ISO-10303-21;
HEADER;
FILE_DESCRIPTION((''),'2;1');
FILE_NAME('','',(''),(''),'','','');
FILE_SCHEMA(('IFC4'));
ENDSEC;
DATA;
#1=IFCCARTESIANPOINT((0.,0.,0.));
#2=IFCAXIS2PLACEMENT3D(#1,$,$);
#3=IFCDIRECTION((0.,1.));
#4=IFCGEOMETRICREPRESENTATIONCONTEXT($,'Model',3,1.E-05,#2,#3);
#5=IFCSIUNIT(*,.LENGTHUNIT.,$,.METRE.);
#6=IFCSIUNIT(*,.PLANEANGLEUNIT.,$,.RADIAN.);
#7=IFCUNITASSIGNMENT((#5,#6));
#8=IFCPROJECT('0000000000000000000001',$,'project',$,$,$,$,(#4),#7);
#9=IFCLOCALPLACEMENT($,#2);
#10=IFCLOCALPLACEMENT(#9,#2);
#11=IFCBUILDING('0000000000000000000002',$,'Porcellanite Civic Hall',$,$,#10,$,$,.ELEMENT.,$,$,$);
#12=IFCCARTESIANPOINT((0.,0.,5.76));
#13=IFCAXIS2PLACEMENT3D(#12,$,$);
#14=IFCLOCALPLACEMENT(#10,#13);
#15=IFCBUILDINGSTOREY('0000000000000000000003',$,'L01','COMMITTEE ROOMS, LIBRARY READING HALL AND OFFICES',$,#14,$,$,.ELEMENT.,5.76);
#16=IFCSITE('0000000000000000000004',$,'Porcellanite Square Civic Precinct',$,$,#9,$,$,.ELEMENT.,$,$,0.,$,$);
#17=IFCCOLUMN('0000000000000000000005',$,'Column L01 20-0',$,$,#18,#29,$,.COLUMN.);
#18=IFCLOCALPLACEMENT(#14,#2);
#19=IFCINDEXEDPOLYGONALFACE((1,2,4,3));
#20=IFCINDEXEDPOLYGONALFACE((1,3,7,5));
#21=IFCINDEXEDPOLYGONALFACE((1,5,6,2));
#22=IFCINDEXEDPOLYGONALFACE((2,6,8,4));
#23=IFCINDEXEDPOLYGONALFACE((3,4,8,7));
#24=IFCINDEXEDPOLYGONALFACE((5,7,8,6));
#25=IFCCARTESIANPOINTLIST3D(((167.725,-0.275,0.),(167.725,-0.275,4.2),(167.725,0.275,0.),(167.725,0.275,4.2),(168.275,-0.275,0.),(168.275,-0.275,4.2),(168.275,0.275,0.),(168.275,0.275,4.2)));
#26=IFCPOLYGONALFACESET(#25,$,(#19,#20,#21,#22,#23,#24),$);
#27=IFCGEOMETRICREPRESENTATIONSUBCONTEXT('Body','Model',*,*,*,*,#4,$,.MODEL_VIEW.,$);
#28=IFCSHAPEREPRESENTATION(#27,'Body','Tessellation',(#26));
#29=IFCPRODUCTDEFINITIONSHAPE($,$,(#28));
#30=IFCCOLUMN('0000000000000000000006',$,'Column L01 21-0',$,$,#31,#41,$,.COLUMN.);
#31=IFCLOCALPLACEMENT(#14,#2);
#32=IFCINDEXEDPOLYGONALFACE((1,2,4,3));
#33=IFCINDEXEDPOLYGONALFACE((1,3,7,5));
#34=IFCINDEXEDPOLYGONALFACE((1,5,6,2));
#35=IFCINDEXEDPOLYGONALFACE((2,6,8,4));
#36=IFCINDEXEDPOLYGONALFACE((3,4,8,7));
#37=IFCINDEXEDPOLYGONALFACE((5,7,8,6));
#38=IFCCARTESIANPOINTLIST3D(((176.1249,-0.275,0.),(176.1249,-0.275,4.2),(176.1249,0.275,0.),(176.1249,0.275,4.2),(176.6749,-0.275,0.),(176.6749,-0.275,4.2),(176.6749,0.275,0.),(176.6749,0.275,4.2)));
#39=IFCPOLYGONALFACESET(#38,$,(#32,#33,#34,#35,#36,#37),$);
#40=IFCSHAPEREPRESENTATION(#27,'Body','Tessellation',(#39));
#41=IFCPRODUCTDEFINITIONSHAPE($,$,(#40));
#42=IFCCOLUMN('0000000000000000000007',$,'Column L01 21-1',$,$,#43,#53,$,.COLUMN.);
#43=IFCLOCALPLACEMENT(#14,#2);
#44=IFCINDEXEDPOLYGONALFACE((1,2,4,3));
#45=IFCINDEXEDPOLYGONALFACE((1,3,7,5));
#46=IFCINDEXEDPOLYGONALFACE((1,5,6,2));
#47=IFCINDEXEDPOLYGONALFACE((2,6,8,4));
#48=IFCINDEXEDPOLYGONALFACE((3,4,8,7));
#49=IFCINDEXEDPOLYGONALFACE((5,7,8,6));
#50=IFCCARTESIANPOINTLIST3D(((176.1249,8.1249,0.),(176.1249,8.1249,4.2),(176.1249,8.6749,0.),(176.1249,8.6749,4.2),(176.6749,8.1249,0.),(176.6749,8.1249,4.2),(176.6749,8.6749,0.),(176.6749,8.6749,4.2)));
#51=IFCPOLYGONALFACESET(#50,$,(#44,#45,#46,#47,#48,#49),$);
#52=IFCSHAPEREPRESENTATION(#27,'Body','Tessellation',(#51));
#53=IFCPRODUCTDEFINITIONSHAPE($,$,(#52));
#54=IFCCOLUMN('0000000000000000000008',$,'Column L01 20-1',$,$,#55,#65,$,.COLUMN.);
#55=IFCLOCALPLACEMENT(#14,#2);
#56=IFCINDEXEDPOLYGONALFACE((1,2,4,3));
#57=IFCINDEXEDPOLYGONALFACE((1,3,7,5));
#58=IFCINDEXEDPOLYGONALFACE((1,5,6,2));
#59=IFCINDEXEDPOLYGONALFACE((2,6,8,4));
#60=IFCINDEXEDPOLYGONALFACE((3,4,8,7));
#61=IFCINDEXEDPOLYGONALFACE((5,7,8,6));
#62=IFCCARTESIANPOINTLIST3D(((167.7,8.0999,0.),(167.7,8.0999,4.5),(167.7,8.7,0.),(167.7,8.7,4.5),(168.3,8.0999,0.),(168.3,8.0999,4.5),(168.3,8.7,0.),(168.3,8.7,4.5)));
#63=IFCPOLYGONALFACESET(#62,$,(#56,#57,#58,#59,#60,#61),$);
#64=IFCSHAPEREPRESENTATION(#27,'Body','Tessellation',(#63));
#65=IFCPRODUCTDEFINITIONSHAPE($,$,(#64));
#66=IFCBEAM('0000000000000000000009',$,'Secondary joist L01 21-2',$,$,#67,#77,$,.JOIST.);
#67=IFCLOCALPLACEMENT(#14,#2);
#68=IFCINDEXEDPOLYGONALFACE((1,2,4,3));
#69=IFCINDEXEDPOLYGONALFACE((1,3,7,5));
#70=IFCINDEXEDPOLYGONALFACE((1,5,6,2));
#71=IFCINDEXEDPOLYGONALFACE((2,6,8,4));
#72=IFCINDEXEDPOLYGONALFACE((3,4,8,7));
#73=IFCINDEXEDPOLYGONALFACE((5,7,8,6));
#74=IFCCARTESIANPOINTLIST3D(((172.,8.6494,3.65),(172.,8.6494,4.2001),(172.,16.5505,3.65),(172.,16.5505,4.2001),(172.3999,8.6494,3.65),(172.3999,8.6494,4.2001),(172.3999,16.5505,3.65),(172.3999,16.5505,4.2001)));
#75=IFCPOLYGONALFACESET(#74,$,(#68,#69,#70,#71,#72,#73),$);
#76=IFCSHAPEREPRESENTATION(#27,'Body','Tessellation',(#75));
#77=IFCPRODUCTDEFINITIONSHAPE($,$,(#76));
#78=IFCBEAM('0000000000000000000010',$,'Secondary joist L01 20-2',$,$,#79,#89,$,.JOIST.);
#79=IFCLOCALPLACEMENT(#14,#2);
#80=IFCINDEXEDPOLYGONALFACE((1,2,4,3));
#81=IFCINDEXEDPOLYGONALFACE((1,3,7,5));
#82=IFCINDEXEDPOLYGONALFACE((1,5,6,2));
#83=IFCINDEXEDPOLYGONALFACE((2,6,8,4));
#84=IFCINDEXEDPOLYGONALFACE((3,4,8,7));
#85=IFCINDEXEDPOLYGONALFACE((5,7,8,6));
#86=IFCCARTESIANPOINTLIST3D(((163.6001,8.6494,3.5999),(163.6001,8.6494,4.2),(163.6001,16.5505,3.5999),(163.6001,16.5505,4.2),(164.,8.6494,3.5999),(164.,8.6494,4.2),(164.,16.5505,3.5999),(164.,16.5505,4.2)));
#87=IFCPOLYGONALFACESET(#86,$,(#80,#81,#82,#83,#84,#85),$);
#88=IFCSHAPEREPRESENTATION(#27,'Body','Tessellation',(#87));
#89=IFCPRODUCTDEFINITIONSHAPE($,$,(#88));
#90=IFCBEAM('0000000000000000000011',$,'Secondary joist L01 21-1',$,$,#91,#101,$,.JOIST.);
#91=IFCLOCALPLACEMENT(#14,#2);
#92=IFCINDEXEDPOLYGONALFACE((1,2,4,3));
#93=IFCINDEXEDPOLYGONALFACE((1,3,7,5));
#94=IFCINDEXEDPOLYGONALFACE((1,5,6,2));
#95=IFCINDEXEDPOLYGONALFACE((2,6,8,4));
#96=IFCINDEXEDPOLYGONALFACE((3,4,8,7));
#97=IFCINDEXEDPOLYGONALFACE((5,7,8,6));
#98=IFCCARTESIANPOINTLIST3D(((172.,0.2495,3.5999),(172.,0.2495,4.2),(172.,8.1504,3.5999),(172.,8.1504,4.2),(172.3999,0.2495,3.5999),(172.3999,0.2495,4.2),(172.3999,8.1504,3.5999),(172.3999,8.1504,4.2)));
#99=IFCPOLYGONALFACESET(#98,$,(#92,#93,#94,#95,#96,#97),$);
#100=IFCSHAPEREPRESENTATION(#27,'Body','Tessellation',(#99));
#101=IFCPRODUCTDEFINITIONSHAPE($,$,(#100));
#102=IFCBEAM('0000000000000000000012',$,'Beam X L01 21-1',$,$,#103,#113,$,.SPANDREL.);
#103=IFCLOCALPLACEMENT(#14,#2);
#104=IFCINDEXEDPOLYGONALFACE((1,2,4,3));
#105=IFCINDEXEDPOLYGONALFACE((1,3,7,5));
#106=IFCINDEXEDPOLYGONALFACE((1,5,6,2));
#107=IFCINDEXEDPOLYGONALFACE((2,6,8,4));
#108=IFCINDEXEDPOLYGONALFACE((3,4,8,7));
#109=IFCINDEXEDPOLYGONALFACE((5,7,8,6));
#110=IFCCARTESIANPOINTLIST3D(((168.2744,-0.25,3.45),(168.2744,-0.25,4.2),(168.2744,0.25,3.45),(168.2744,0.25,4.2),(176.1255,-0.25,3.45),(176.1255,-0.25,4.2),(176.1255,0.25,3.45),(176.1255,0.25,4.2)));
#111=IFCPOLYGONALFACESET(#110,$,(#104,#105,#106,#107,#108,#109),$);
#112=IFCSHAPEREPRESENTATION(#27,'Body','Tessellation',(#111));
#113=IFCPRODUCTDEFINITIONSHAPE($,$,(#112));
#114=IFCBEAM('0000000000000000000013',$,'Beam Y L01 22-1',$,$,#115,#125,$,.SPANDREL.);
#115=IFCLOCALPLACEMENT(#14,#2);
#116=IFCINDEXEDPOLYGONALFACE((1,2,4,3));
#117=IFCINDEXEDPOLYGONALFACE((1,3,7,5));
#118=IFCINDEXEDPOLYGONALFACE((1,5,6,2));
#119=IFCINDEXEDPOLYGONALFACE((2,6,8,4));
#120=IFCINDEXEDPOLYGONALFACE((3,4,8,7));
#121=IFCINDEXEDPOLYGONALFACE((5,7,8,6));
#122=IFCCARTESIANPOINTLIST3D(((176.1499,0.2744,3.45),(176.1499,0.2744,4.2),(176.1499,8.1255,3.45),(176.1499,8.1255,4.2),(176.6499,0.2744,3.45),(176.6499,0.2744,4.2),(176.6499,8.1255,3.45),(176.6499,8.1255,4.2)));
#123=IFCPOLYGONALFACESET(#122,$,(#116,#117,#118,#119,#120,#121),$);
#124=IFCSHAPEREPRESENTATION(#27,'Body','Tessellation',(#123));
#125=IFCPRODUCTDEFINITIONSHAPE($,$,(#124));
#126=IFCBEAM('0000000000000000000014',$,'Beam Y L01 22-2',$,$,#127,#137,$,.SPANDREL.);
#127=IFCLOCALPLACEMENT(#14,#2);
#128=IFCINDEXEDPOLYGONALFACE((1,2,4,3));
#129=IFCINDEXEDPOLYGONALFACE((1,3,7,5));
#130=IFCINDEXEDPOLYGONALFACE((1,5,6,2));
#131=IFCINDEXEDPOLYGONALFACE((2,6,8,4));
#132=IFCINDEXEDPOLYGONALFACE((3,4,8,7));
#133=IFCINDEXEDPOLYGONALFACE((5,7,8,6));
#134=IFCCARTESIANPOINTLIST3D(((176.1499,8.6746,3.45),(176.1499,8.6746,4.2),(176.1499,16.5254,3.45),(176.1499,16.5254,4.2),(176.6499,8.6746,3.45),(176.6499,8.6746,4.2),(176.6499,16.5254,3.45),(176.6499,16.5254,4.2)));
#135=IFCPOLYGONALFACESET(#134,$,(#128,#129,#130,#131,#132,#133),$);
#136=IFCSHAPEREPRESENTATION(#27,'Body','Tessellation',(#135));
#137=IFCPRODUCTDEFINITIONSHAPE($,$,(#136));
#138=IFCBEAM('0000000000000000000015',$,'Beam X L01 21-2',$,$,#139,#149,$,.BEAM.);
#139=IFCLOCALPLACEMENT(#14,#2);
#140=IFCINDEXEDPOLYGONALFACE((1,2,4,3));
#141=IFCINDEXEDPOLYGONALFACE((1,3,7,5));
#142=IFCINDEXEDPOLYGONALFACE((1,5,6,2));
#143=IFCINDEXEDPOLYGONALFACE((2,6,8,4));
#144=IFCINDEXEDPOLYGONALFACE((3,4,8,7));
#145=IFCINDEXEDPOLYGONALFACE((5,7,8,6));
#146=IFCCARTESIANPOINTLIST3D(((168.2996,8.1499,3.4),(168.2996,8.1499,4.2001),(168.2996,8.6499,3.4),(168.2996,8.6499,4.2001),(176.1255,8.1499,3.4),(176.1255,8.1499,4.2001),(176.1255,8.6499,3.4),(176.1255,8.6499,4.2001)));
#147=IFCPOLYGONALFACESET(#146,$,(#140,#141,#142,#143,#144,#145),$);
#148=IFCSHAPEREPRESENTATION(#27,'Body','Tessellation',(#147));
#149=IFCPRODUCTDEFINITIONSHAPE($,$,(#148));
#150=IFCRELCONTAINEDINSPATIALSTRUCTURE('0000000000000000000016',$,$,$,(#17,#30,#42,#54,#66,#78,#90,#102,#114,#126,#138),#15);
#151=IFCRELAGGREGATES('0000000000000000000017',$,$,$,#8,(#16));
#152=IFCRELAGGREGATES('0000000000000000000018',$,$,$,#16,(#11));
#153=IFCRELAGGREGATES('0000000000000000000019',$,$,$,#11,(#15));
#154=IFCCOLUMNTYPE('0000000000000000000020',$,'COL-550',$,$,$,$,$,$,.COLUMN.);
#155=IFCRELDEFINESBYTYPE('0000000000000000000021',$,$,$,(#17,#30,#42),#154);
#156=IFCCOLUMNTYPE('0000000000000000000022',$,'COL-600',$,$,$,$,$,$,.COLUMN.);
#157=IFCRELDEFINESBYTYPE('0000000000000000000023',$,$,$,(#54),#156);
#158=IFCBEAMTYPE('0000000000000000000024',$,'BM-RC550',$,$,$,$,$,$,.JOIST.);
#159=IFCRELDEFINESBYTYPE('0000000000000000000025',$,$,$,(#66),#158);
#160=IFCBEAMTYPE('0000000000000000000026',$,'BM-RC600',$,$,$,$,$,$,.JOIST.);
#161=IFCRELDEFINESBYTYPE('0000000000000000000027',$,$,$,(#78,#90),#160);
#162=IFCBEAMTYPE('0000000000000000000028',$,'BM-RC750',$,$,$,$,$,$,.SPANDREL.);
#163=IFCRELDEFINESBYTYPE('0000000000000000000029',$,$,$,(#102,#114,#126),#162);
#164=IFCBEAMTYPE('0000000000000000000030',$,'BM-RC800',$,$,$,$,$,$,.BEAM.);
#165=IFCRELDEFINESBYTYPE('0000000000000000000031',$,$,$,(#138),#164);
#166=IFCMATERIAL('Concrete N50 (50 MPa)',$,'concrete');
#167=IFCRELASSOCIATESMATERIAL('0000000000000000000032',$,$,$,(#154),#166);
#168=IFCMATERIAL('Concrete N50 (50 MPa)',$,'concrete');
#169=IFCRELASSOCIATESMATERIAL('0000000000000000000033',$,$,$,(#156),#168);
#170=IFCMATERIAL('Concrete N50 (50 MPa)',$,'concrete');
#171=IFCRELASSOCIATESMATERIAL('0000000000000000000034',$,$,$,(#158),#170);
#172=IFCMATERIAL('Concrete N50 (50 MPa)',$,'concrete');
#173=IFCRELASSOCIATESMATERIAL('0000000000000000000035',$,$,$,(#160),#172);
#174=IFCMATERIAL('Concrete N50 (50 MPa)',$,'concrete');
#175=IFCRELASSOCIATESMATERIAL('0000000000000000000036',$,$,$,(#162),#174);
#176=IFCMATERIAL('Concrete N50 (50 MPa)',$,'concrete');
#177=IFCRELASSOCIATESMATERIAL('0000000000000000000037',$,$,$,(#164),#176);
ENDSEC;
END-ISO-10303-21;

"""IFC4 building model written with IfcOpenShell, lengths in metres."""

from ifc_helpers import new_model, si_unit, direction, frame, origin, origin_2d, place, context, subcontext, project, spatial, rectangle, extrude, material, material_profile, profile_set, type_object, element, save


model = new_model("IFC4")

# Units and contexts
model_context = context("Model", 3, precision=1e-05, world=origin(), true_north=direction((0.0, 1.0)))
body_context = subcontext(model_context, "Body", "Model", "MODEL_VIEW")
ifc_project = project(units=[si_unit("LENGTHUNIT", "METRE"), si_unit("PLANEANGLEUNIT", "RADIAN")], contexts=[model_context])

# Site, building, storey
site_placement = place(None, origin())
site = spatial("IfcSite", under=ifc_project, at=site_placement, Name="Porcellanite Square Civic Precinct", CompositionType="ELEMENT", RefElevation=0.0)
building_placement = place(site_placement, origin())
building = spatial("IfcBuilding", under=site, at=building_placement, Name="Porcellanite Civic Hall", CompositionType="ELEMENT")
storey_placement = place(building_placement, frame((0.0, 0.0, 5.76)))
storey = spatial("IfcBuildingStorey", under=building, at=storey_placement, Name="L01", Description="COMMITTEE ROOMS, LIBRARY READING HALL AND OFFICES", CompositionType="ELEMENT", Elevation=5.76)

# Columns
ifc_material_1 = material(Name="Concrete N50 (50 MPa)", Category="concrete")
ifc_material_profile_1 = material_profile(ifc_material_1, rectangle(XDim=0.55, YDim=0.55, at=origin_2d()), Name="RC-550x550")
ifc_profile_set_1 = profile_set([ifc_material_profile_1], Name="Concrete N50 (50 MPa)")
column_type_1 = type_object("IfcColumnType", Name="COL-550", PredefinedType="COLUMN", material=ifc_profile_set_1)
for number, where, z_axis, x_axis, name in (
    (1, (168.0, 0.0, 0.0), (0.0, 0.0, 1.0), (1.0, 0.0, 0.0), "Column L01 20-0"),
    (2, (176.3999, 0.0, 0.0), (0.0, 0.0, 1.0), (1.0, 0.0, 0.0), "Column L01 21-0"),
    (3, (176.3999, 8.3999, 0.0), (0.0, 0.0, 1.0), (1.0, 0.0, 0.0), "Column L01 21-1"),
):
    element("IfcColumn", number, at=place(storey_placement, frame(where, z_axis=z_axis, x_axis=x_axis)), inside=storey, type_object=column_type_1, Name=name, PredefinedType="COLUMN", context=body_context, shape_type="SweptSolid", body=[
        extrude(rectangle(XDim=0.55, YDim=0.55, at=origin_2d()), origin(), (0.0, 0.0, 1.0), 4.2),
    ])
ifc_material_2 = material(Name="Concrete N50 (50 MPa)", Category="concrete")
ifc_material_profile_2 = material_profile(ifc_material_2, rectangle(XDim=0.6001, YDim=0.6001, at=origin_2d()), Name="RC-600x600")
ifc_profile_set_2 = profile_set([ifc_material_profile_2], Name="Concrete N50 (50 MPa)")
column_type_2 = type_object("IfcColumnType", Name="COL-600", PredefinedType="COLUMN", material=ifc_profile_set_2)
column_placement = place(storey_placement, frame((168.0, 8.3999, 0.0), z_axis=(0.0, 0.0, 1.0), x_axis=(1.0, 0.0, 0.0)))
element("IfcColumn", 4, at=column_placement, inside=storey, type_object=column_type_2, Name="Column L01 20-1", PredefinedType="COLUMN", context=body_context, shape_type="SweptSolid", body=[
    extrude(rectangle(XDim=0.6001, YDim=0.6001, at=origin_2d()), origin(), (0.0, 0.0, 1.0), 4.5),
])

# Beams
ifc_material_3 = material(Name="Concrete N50 (50 MPa)", Category="concrete")
ifc_material_profile_3 = material_profile(ifc_material_3, rectangle(XDim=0.3999, YDim=0.55, at=origin_2d()), Name="RC-400x550")
ifc_profile_set_3 = profile_set([ifc_material_profile_3], Name="Concrete N50 (50 MPa)")
beam_type_1 = type_object("IfcBeamType", Name="BM-RC550", PredefinedType="JOIST", material=ifc_profile_set_3)
beam_1_placement = place(storey_placement, frame((172.2, 8.6494, 3.925), z_axis=(0.0, 1.0, 0.0), x_axis=(-1.0, 0.0, 0.0)))
element("IfcBeam", 5, at=beam_1_placement, inside=storey, type_object=beam_type_1, Name="Secondary joist L01 21-2", PredefinedType="JOIST", context=body_context, shape_type="SweptSolid", body=[
    extrude(rectangle(XDim=0.3999, YDim=0.55, at=origin_2d()), origin(), (0.0, 0.0, 1.0), 7.9011),
])
ifc_material_4 = material(Name="Concrete N50 (50 MPa)", Category="concrete")
ifc_material_profile_4 = material_profile(ifc_material_4, rectangle(XDim=0.3999, YDim=0.6001, at=origin_2d()), Name="RC-400x600")
ifc_profile_set_4 = profile_set([ifc_material_profile_4], Name="Concrete N50 (50 MPa)")
beam_type_2 = type_object("IfcBeamType", Name="BM-RC600", PredefinedType="JOIST", material=ifc_profile_set_4)
beam_2_placement = place(storey_placement, frame((163.8, 8.6494, 3.8999), z_axis=(0.0, 1.0, 0.0), x_axis=(-1.0, 0.0, 0.0)))
element("IfcBeam", 6, at=beam_2_placement, inside=storey, type_object=beam_type_2, Name="Secondary joist L01 20-2", PredefinedType="JOIST", context=body_context, shape_type="SweptSolid", body=[
    extrude(rectangle(XDim=0.3999, YDim=0.6001, at=origin_2d()), origin(), (0.0, 0.0, 1.0), 7.9011),
])
beam_3_placement = place(storey_placement, frame((172.2, 0.2495, 3.8999), z_axis=(0.0, 1.0, 0.0), x_axis=(-1.0, 0.0, 0.0)))
element("IfcBeam", 7, at=beam_3_placement, inside=storey, type_object=beam_type_2, Name="Secondary joist L01 21-1", PredefinedType="JOIST", context=body_context, shape_type="SweptSolid", body=[
    extrude(rectangle(XDim=0.3999, YDim=0.6001, at=origin_2d()), origin(), (0.0, 0.0, 1.0), 7.9009),
])
ifc_material_5 = material(Name="Concrete N50 (50 MPa)", Category="concrete")
ifc_material_profile_5 = material_profile(ifc_material_5, rectangle(XDim=0.5, YDim=0.75, at=origin_2d()), Name="RC-500x750")
ifc_profile_set_5 = profile_set([ifc_material_profile_5], Name="Concrete N50 (50 MPa)")
beam_type_3 = type_object("IfcBeamType", Name="BM-RC750", PredefinedType="SPANDREL", material=ifc_profile_set_5)
for number, where, z_axis, x_axis, name in (
    (8, (168.2744, 0.0, 3.825), (1.0, 0.0, 0.0), (0.0, 1.0, 0.0), "Beam X L01 21-1"),
    (9, (176.3999, 0.2744, 3.825), (0.0, 1.0, 0.0), (-1.0, 0.0, 0.0), "Beam Y L01 22-1"),
):
    element("IfcBeam", number, at=place(storey_placement, frame(where, z_axis=z_axis, x_axis=x_axis)), inside=storey, type_object=beam_type_3, Name=name, PredefinedType="SPANDREL", context=body_context, shape_type="SweptSolid", body=[
        extrude(rectangle(XDim=0.5, YDim=0.75, at=origin_2d()), origin(), (0.0, 0.0, 1.0), 7.8511),
    ])
beam_4_placement = place(storey_placement, frame((176.3999, 8.6746, 3.825), z_axis=(0.0, 1.0, 0.0), x_axis=(-1.0, 0.0, 0.0)))
element("IfcBeam", 10, at=beam_4_placement, inside=storey, type_object=beam_type_3, Name="Beam Y L01 22-2", PredefinedType="SPANDREL", context=body_context, shape_type="SweptSolid", body=[
    extrude(rectangle(XDim=0.5, YDim=0.75, at=origin_2d()), origin(), (0.0, 0.0, 1.0), 7.8508),
])
ifc_material_6 = material(Name="Concrete N50 (50 MPa)", Category="concrete")
ifc_material_profile_6 = material_profile(ifc_material_6, rectangle(XDim=0.5, YDim=0.8, at=origin_2d()), Name="RC-500x800")
ifc_profile_set_6 = profile_set([ifc_material_profile_6], Name="Concrete N50 (50 MPa)")
beam_type_4 = type_object("IfcBeamType", Name="BM-RC800", PredefinedType="BEAM", material=ifc_profile_set_6)
beam_5_placement = place(storey_placement, frame((168.2996, 8.3999, 3.8), z_axis=(1.0, 0.0, 0.0), x_axis=(0.0, 1.0, 0.0)))
element("IfcBeam", 11, at=beam_5_placement, inside=storey, type_object=beam_type_4, Name="Beam X L01 21-2", PredefinedType="BEAM", context=body_context, shape_type="SweptSolid", body=[
    extrude(rectangle(XDim=0.5, YDim=0.8, at=origin_2d()), origin(), (0.0, 0.0, 1.0), 7.8259),
])

save(model, "model.ifc")
